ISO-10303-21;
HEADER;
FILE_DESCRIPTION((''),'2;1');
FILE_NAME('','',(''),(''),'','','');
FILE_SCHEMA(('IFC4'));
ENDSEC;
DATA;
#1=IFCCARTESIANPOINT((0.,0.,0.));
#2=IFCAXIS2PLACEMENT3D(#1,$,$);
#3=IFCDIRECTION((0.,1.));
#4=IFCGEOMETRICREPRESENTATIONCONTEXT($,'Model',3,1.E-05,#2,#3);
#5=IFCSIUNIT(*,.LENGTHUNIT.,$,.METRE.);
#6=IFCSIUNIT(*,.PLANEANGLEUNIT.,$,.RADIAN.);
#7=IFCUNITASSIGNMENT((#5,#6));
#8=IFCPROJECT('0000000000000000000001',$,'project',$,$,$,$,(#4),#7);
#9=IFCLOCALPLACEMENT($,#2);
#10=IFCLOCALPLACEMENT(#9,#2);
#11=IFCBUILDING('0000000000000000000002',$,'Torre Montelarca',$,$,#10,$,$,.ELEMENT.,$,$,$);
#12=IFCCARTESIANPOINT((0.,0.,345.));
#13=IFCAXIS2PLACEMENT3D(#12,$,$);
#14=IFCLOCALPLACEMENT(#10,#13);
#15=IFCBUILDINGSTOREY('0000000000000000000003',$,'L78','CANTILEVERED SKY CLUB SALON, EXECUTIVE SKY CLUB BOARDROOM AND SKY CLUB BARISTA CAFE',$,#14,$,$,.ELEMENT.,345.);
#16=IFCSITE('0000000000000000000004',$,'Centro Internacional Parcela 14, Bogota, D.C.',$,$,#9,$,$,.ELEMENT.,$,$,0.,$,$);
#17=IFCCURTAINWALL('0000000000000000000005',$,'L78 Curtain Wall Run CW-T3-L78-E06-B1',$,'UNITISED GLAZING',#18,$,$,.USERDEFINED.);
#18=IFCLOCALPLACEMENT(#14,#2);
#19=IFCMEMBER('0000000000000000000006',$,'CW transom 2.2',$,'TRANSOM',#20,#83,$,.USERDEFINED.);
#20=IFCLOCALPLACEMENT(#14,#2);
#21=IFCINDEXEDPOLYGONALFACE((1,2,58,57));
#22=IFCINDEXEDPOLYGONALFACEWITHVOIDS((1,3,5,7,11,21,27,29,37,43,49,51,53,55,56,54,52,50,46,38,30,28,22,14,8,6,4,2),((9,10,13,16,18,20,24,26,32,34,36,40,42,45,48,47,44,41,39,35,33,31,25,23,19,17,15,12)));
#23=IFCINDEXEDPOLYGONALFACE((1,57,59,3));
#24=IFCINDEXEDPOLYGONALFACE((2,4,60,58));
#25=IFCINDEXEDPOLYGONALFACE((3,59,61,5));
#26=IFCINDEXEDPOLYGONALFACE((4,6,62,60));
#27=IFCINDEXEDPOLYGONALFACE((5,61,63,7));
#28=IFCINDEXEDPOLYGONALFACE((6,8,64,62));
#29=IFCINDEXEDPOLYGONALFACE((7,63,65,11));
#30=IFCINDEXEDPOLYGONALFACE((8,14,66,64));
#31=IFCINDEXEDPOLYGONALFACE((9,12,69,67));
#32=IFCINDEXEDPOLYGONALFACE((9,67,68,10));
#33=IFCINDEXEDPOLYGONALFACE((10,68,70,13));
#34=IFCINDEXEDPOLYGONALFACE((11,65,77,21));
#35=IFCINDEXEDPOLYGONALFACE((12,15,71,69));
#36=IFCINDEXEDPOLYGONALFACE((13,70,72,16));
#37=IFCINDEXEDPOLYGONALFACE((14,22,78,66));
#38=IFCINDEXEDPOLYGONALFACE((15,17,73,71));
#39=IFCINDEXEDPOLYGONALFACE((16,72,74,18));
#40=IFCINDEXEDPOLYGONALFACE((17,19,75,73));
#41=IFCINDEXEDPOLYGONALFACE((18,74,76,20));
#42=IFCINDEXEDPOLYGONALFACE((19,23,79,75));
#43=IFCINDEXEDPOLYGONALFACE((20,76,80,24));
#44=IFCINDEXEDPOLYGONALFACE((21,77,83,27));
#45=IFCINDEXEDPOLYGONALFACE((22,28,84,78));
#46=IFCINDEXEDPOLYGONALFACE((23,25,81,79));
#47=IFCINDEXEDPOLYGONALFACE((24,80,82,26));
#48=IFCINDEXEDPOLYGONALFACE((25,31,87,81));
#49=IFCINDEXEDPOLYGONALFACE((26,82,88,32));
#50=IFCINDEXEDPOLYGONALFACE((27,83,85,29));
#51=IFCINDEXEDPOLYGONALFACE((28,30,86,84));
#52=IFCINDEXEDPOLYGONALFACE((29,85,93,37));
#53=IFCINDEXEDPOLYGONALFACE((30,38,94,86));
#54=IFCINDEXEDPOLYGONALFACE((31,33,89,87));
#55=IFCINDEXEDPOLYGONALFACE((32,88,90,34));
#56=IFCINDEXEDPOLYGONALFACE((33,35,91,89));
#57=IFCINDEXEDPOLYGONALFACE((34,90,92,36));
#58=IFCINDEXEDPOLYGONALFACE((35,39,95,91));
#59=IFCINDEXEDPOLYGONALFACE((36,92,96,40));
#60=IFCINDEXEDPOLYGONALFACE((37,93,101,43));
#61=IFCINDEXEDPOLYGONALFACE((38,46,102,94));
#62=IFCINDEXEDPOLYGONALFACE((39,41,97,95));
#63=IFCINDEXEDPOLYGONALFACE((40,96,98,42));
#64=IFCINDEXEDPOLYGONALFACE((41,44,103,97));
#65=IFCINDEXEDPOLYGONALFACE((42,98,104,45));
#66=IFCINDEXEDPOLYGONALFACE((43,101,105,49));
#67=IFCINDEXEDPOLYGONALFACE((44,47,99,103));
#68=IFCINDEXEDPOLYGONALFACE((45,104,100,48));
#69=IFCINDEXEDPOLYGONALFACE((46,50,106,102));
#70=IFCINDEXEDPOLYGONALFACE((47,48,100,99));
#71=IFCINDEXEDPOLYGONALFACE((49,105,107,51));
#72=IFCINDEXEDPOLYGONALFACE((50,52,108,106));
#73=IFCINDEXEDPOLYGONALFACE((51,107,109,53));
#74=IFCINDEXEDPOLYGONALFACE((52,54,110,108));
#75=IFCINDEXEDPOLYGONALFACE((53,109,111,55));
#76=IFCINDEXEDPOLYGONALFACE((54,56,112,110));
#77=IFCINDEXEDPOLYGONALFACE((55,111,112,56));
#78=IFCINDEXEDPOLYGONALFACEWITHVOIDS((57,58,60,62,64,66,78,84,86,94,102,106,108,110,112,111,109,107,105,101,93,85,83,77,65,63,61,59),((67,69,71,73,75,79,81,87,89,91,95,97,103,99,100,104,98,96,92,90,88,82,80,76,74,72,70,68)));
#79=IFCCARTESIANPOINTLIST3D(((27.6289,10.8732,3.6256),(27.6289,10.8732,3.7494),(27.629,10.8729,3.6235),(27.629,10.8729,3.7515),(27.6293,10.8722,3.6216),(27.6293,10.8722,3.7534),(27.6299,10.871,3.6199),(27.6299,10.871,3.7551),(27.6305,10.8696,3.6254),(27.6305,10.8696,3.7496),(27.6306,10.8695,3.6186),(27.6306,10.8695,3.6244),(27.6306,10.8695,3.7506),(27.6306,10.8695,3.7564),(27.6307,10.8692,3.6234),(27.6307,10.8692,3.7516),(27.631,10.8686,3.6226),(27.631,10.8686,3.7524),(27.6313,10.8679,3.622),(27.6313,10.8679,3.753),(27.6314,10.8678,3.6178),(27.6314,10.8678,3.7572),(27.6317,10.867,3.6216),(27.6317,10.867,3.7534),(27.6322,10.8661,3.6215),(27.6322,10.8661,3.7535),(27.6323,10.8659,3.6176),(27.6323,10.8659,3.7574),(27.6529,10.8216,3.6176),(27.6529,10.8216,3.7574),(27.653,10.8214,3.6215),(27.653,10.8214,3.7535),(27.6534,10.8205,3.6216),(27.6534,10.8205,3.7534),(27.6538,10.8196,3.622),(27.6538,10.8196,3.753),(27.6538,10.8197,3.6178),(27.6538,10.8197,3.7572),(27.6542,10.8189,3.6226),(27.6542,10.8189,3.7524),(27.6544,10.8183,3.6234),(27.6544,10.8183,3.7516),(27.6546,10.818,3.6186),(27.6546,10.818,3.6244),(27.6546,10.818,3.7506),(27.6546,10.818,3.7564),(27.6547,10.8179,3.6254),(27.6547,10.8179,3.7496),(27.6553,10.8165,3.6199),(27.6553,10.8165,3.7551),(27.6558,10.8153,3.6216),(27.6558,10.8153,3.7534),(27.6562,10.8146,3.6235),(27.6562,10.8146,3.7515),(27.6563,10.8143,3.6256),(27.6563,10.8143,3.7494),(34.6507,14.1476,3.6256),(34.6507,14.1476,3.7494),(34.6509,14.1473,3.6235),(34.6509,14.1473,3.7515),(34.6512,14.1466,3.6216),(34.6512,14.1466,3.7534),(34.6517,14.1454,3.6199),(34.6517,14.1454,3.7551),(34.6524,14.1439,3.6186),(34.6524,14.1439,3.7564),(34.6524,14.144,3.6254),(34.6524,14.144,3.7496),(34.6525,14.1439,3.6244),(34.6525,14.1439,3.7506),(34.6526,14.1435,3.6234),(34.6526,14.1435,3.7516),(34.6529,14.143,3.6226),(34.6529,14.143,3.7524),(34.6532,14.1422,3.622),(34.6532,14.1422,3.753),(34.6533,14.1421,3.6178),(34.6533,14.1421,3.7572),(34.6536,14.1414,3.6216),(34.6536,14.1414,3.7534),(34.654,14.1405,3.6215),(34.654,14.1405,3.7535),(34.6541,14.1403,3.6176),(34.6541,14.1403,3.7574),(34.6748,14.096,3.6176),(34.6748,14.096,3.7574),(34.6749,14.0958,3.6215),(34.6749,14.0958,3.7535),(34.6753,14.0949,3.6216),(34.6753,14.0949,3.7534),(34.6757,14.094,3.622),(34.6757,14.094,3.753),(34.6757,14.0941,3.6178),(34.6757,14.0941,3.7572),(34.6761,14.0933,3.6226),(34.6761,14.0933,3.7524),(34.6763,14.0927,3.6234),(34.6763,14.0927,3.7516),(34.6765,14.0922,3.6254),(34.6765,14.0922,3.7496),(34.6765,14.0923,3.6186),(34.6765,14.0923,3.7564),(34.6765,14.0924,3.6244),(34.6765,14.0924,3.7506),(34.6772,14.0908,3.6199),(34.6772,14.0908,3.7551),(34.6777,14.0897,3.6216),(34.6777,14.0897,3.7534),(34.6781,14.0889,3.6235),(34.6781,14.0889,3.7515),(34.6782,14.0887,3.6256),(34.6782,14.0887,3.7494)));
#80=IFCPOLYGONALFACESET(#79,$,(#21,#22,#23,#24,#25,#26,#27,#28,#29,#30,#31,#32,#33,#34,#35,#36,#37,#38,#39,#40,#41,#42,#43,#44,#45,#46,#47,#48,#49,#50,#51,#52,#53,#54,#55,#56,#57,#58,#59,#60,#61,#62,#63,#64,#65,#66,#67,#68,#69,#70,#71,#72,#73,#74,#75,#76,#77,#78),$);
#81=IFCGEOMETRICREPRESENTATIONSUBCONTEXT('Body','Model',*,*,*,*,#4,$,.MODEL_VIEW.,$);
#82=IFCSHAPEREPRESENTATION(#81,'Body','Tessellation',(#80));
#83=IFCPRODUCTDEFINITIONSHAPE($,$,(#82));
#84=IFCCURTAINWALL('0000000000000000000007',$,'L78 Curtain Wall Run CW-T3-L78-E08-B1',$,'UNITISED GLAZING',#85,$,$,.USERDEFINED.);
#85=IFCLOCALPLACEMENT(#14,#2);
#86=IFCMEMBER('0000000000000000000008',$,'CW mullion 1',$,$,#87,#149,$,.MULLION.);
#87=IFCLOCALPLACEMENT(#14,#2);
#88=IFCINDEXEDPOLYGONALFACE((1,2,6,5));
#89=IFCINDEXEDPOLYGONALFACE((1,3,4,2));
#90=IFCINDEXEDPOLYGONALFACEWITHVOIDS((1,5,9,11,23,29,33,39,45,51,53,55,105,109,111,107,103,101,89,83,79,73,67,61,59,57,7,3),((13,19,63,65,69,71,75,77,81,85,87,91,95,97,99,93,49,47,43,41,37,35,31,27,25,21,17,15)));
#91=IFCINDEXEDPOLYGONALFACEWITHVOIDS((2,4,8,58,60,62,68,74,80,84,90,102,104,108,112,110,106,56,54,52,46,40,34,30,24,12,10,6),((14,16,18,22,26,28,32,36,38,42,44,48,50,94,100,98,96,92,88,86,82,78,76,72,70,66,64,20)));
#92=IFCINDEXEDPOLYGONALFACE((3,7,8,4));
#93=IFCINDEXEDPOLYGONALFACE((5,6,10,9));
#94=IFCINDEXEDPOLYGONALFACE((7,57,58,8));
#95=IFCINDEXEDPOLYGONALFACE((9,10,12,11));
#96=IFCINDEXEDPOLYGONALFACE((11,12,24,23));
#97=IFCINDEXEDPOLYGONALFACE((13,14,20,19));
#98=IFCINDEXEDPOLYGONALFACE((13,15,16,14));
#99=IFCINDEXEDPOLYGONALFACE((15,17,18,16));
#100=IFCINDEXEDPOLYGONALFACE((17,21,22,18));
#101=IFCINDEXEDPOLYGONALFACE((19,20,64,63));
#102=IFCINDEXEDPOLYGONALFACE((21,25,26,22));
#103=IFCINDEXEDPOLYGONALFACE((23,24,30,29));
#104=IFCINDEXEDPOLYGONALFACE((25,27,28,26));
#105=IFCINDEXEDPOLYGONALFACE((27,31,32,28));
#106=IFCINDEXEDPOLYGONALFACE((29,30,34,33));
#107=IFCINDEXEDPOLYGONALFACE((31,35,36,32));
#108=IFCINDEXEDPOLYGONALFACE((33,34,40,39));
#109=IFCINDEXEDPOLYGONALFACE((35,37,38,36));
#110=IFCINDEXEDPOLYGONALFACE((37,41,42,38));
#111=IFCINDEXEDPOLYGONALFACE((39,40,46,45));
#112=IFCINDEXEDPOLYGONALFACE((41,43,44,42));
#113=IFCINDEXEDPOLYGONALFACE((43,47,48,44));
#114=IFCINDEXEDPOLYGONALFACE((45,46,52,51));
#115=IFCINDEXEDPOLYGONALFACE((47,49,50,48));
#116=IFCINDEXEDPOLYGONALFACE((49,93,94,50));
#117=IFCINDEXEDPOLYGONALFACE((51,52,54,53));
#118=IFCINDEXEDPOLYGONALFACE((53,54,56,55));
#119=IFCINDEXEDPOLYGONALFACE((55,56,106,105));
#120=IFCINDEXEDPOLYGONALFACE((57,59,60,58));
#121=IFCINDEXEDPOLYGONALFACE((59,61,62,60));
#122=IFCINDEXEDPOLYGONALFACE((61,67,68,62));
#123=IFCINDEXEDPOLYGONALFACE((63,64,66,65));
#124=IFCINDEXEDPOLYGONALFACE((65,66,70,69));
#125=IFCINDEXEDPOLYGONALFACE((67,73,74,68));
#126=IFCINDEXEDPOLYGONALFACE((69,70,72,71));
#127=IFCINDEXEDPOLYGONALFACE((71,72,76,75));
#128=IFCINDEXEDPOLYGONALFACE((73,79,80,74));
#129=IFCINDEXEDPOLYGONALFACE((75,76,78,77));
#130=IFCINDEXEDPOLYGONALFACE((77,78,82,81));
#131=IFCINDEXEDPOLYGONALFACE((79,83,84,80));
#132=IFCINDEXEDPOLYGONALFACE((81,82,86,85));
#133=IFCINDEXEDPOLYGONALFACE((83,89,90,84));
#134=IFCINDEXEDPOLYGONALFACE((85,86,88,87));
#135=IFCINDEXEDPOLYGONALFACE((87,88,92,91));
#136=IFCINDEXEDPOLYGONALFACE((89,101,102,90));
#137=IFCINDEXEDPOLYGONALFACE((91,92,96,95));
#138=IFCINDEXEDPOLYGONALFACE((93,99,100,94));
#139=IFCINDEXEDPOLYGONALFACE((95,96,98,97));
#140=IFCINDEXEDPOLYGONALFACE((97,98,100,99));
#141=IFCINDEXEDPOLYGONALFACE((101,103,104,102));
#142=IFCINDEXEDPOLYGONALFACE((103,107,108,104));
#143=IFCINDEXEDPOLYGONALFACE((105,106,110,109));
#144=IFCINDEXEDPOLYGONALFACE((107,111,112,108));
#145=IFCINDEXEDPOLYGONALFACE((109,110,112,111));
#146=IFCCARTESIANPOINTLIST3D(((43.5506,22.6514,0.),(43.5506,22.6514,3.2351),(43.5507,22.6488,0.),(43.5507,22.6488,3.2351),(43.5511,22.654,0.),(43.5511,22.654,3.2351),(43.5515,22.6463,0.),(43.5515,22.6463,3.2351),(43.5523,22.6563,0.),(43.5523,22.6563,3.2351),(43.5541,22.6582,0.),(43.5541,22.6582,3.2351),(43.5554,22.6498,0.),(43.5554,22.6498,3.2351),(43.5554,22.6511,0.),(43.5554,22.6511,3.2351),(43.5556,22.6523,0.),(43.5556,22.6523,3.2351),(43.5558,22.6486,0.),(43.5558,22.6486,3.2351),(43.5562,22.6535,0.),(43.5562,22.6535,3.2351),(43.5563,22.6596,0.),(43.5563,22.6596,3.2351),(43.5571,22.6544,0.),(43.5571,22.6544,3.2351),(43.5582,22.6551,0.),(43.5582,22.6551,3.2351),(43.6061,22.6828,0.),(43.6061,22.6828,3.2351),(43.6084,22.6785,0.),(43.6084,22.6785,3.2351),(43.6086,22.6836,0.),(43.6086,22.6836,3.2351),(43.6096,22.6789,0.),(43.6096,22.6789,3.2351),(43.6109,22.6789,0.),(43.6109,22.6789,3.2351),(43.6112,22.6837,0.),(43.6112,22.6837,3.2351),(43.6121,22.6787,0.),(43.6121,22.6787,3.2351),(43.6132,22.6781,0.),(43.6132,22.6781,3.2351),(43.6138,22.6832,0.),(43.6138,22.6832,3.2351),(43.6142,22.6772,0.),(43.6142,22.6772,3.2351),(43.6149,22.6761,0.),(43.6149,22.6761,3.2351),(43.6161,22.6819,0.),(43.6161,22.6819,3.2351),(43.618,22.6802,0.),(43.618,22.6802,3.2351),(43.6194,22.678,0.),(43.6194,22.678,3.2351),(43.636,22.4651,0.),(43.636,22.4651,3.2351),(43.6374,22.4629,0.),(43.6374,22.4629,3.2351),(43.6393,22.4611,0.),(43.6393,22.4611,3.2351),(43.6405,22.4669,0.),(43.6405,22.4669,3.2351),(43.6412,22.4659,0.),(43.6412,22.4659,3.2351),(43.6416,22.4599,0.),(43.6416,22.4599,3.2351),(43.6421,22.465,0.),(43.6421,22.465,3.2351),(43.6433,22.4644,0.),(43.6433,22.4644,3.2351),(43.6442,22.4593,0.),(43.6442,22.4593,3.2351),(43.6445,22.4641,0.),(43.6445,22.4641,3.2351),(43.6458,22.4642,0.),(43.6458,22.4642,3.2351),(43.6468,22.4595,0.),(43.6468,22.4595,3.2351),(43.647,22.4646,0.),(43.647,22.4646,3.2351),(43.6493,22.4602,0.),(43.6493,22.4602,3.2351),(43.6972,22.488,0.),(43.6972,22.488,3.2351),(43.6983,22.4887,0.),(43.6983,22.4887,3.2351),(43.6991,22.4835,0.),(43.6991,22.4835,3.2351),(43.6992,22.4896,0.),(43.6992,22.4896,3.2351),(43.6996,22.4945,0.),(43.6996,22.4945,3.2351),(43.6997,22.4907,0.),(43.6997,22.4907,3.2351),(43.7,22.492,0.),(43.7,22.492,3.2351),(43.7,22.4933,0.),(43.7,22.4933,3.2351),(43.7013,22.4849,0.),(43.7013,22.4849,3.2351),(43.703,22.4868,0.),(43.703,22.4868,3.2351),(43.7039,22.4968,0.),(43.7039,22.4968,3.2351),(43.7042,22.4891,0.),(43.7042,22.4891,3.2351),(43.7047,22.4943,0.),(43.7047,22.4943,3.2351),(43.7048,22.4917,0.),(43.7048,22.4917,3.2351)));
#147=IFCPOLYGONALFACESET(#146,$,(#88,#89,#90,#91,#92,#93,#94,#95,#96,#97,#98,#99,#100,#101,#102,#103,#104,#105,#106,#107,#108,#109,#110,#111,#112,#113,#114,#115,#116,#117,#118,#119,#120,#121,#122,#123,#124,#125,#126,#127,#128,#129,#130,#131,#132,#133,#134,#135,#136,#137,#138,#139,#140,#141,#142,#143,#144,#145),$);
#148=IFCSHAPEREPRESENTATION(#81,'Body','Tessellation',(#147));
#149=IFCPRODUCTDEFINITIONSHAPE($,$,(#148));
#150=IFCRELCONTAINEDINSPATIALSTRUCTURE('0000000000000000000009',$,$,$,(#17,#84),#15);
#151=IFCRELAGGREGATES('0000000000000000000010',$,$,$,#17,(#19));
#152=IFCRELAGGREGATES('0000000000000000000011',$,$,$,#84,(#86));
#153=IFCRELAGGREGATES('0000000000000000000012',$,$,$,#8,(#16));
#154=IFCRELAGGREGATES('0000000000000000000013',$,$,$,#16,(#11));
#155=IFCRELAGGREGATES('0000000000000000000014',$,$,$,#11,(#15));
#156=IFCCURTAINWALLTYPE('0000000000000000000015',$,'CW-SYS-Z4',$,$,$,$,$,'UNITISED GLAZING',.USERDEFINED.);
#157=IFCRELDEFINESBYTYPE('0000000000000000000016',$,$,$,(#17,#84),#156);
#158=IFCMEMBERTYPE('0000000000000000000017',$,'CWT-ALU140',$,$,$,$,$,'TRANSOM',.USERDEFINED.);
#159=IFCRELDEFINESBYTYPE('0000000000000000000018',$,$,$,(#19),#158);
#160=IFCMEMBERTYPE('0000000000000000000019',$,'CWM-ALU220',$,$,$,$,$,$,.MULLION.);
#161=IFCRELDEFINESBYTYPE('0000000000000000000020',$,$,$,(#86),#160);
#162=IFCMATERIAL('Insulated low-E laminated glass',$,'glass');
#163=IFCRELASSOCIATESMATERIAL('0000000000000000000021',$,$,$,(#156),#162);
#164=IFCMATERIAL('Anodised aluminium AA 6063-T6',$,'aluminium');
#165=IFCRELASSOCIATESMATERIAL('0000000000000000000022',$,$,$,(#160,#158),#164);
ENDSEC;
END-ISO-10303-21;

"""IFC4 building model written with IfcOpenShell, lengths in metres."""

from ifc_helpers import new_model, si_unit, direction, frame, origin, origin_2d, place, context, subcontext, project, spatial, hollow_rectangle, extrude, source, transform, mapped, material, material_profile, profile_set, type_object, element, aggregate, save


model = new_model("IFC4")

# Units and contexts
model_context = context("Model", 3, precision=1e-05, world=origin(), true_north=direction((0.0, 1.0)))
body_context = subcontext(model_context, "Body", "Model", "MODEL_VIEW")
ifc_project = project(units=[si_unit("LENGTHUNIT", "METRE"), si_unit("PLANEANGLEUNIT", "RADIAN")], contexts=[model_context])

# Site, building, storey
site_placement = place(None, origin())
site = spatial("IfcSite", under=ifc_project, at=site_placement, Name="Centro Internacional Parcela 14, Bogota, D.C.", CompositionType="ELEMENT", RefElevation=0.0)
building_placement = place(site_placement, origin())
building = spatial("IfcBuilding", under=site, at=building_placement, Name="Torre Montelarca", CompositionType="ELEMENT")
storey_placement = place(building_placement, frame((0.0, 0.0, 345.0)))
storey = spatial("IfcBuildingStorey", under=building, at=storey_placement, Name="L78", Description="CANTILEVERED SKY CLUB SALON, EXECUTIVE SKY CLUB BOARDROOM AND SKY CLUB BARISTA CAFE", CompositionType="ELEMENT", Elevation=345.0)

# Curtain wall
ifc_material_1 = material(Name="Insulated low-E laminated glass", Category="glass")
curtain_wall_type = type_object("IfcCurtainWallType", Name="CW-SYS-Z4", ElementType="UNITISED GLAZING", PredefinedType="USERDEFINED", material=ifc_material_1)
curtain_wall_1_placement = place(storey_placement, origin())
curtain_wall_1 = element("IfcCurtainWall", 1, at=curtain_wall_1_placement, inside=storey, type_object=curtain_wall_type, Name="L78 Curtain Wall Run CW-T3-L78-E06-B1", ObjectType="UNITISED GLAZING", PredefinedType="USERDEFINED")
ifc_material_2 = material(Name="Anodised aluminium AA 6063-T6", Category="aluminium")
ifc_material_profile_1 = material_profile(ifc_material_2, hollow_rectangle(XDim=0.075, YDim=0.22, WallThickness=0.0049, InnerFilletRadius=0.0049, OuterFilletRadius=0.01, at=origin_2d()), Name="ALU75X220X5", Category="aluminium")
ifc_profile_set_1 = profile_set([ifc_material_profile_1], Name="Anodised aluminium AA 6063-T6")
member_type_1 = type_object("IfcMemberType", Name="CWM-ALU220", PredefinedType="MULLION", material=ifc_profile_set_1)
ifc_material_profile_2 = material_profile(ifc_material_2, hollow_rectangle(XDim=0.0649, YDim=0.1399, WallThickness=0.0039, InnerFilletRadius=0.0039, OuterFilletRadius=0.0081, at=origin_2d()), Name="ALU65X140X4", Category="aluminium")
ifc_profile_set_2 = profile_set([ifc_material_profile_2], Name="Anodised aluminium AA 6063-T6")
member_type_2 = type_object("IfcMemberType", Name="CWT-ALU140", ElementType="TRANSOM", PredefinedType="USERDEFINED", material=ifc_profile_set_2)

# Member
shared_shape_1 = source(origin(), body_context, "Body", "SweptSolid", [
    extrude(hollow_rectangle(XDim=0.0649, YDim=0.1399, WallThickness=0.0039, InnerFilletRadius=0.0039, OuterFilletRadius=0.0081, at=origin_2d()), origin(), (0.0, 0.0, 1.0), 7.7478),
])
member_1_placement = place(storey_placement, frame((27.6426, 10.8438, 3.6875), z_axis=(0.906307, 0.42262, 0.0), x_axis=(-0.42262, 0.906307, 0.0)))
member_1 = element("IfcMember", 2, at=member_1_placement, type_object=member_type_2, Name="CW transom 2.2", ObjectType="TRANSOM", PredefinedType="USERDEFINED", context=body_context, shape_type="MappedRepresentation", body=[
    mapped(shared_shape_1, transform((0.0, 0.0, 0.0), scale=1.0)),
])

# Curtain wall, member
curtain_wall_2_placement = place(storey_placement, origin())
curtain_wall_2 = element("IfcCurtainWall", 3, at=curtain_wall_2_placement, inside=storey, type_object=curtain_wall_type, Name="L78 Curtain Wall Run CW-T3-L78-E08-B1", ObjectType="UNITISED GLAZING", PredefinedType="USERDEFINED")
shared_shape_2 = source(origin(), body_context, "Body", "SweptSolid", [
    extrude(hollow_rectangle(XDim=0.075, YDim=0.22, WallThickness=0.0049, InnerFilletRadius=0.0049, OuterFilletRadius=0.01, at=origin_2d()), origin(), (0.0, 0.0, 1.0), 3.2351),
])
member_2_placement = place(storey_placement, frame((43.6277, 22.5715, 0.0), z_axis=(0.0, 0.0, 1.0), x_axis=(-0.906309, -0.422615, 0.0)))
member_2 = element("IfcMember", 4, at=member_2_placement, type_object=member_type_1, Name="CW mullion 1", PredefinedType="MULLION", context=body_context, shape_type="MappedRepresentation", body=[
    mapped(shared_shape_2, transform((0.0, 0.0, 0.0), scale=1.0)),
])

aggregate(curtain_wall_1, [member_1])
aggregate(curtain_wall_2, [member_2])

save(model, "model.ifc")
